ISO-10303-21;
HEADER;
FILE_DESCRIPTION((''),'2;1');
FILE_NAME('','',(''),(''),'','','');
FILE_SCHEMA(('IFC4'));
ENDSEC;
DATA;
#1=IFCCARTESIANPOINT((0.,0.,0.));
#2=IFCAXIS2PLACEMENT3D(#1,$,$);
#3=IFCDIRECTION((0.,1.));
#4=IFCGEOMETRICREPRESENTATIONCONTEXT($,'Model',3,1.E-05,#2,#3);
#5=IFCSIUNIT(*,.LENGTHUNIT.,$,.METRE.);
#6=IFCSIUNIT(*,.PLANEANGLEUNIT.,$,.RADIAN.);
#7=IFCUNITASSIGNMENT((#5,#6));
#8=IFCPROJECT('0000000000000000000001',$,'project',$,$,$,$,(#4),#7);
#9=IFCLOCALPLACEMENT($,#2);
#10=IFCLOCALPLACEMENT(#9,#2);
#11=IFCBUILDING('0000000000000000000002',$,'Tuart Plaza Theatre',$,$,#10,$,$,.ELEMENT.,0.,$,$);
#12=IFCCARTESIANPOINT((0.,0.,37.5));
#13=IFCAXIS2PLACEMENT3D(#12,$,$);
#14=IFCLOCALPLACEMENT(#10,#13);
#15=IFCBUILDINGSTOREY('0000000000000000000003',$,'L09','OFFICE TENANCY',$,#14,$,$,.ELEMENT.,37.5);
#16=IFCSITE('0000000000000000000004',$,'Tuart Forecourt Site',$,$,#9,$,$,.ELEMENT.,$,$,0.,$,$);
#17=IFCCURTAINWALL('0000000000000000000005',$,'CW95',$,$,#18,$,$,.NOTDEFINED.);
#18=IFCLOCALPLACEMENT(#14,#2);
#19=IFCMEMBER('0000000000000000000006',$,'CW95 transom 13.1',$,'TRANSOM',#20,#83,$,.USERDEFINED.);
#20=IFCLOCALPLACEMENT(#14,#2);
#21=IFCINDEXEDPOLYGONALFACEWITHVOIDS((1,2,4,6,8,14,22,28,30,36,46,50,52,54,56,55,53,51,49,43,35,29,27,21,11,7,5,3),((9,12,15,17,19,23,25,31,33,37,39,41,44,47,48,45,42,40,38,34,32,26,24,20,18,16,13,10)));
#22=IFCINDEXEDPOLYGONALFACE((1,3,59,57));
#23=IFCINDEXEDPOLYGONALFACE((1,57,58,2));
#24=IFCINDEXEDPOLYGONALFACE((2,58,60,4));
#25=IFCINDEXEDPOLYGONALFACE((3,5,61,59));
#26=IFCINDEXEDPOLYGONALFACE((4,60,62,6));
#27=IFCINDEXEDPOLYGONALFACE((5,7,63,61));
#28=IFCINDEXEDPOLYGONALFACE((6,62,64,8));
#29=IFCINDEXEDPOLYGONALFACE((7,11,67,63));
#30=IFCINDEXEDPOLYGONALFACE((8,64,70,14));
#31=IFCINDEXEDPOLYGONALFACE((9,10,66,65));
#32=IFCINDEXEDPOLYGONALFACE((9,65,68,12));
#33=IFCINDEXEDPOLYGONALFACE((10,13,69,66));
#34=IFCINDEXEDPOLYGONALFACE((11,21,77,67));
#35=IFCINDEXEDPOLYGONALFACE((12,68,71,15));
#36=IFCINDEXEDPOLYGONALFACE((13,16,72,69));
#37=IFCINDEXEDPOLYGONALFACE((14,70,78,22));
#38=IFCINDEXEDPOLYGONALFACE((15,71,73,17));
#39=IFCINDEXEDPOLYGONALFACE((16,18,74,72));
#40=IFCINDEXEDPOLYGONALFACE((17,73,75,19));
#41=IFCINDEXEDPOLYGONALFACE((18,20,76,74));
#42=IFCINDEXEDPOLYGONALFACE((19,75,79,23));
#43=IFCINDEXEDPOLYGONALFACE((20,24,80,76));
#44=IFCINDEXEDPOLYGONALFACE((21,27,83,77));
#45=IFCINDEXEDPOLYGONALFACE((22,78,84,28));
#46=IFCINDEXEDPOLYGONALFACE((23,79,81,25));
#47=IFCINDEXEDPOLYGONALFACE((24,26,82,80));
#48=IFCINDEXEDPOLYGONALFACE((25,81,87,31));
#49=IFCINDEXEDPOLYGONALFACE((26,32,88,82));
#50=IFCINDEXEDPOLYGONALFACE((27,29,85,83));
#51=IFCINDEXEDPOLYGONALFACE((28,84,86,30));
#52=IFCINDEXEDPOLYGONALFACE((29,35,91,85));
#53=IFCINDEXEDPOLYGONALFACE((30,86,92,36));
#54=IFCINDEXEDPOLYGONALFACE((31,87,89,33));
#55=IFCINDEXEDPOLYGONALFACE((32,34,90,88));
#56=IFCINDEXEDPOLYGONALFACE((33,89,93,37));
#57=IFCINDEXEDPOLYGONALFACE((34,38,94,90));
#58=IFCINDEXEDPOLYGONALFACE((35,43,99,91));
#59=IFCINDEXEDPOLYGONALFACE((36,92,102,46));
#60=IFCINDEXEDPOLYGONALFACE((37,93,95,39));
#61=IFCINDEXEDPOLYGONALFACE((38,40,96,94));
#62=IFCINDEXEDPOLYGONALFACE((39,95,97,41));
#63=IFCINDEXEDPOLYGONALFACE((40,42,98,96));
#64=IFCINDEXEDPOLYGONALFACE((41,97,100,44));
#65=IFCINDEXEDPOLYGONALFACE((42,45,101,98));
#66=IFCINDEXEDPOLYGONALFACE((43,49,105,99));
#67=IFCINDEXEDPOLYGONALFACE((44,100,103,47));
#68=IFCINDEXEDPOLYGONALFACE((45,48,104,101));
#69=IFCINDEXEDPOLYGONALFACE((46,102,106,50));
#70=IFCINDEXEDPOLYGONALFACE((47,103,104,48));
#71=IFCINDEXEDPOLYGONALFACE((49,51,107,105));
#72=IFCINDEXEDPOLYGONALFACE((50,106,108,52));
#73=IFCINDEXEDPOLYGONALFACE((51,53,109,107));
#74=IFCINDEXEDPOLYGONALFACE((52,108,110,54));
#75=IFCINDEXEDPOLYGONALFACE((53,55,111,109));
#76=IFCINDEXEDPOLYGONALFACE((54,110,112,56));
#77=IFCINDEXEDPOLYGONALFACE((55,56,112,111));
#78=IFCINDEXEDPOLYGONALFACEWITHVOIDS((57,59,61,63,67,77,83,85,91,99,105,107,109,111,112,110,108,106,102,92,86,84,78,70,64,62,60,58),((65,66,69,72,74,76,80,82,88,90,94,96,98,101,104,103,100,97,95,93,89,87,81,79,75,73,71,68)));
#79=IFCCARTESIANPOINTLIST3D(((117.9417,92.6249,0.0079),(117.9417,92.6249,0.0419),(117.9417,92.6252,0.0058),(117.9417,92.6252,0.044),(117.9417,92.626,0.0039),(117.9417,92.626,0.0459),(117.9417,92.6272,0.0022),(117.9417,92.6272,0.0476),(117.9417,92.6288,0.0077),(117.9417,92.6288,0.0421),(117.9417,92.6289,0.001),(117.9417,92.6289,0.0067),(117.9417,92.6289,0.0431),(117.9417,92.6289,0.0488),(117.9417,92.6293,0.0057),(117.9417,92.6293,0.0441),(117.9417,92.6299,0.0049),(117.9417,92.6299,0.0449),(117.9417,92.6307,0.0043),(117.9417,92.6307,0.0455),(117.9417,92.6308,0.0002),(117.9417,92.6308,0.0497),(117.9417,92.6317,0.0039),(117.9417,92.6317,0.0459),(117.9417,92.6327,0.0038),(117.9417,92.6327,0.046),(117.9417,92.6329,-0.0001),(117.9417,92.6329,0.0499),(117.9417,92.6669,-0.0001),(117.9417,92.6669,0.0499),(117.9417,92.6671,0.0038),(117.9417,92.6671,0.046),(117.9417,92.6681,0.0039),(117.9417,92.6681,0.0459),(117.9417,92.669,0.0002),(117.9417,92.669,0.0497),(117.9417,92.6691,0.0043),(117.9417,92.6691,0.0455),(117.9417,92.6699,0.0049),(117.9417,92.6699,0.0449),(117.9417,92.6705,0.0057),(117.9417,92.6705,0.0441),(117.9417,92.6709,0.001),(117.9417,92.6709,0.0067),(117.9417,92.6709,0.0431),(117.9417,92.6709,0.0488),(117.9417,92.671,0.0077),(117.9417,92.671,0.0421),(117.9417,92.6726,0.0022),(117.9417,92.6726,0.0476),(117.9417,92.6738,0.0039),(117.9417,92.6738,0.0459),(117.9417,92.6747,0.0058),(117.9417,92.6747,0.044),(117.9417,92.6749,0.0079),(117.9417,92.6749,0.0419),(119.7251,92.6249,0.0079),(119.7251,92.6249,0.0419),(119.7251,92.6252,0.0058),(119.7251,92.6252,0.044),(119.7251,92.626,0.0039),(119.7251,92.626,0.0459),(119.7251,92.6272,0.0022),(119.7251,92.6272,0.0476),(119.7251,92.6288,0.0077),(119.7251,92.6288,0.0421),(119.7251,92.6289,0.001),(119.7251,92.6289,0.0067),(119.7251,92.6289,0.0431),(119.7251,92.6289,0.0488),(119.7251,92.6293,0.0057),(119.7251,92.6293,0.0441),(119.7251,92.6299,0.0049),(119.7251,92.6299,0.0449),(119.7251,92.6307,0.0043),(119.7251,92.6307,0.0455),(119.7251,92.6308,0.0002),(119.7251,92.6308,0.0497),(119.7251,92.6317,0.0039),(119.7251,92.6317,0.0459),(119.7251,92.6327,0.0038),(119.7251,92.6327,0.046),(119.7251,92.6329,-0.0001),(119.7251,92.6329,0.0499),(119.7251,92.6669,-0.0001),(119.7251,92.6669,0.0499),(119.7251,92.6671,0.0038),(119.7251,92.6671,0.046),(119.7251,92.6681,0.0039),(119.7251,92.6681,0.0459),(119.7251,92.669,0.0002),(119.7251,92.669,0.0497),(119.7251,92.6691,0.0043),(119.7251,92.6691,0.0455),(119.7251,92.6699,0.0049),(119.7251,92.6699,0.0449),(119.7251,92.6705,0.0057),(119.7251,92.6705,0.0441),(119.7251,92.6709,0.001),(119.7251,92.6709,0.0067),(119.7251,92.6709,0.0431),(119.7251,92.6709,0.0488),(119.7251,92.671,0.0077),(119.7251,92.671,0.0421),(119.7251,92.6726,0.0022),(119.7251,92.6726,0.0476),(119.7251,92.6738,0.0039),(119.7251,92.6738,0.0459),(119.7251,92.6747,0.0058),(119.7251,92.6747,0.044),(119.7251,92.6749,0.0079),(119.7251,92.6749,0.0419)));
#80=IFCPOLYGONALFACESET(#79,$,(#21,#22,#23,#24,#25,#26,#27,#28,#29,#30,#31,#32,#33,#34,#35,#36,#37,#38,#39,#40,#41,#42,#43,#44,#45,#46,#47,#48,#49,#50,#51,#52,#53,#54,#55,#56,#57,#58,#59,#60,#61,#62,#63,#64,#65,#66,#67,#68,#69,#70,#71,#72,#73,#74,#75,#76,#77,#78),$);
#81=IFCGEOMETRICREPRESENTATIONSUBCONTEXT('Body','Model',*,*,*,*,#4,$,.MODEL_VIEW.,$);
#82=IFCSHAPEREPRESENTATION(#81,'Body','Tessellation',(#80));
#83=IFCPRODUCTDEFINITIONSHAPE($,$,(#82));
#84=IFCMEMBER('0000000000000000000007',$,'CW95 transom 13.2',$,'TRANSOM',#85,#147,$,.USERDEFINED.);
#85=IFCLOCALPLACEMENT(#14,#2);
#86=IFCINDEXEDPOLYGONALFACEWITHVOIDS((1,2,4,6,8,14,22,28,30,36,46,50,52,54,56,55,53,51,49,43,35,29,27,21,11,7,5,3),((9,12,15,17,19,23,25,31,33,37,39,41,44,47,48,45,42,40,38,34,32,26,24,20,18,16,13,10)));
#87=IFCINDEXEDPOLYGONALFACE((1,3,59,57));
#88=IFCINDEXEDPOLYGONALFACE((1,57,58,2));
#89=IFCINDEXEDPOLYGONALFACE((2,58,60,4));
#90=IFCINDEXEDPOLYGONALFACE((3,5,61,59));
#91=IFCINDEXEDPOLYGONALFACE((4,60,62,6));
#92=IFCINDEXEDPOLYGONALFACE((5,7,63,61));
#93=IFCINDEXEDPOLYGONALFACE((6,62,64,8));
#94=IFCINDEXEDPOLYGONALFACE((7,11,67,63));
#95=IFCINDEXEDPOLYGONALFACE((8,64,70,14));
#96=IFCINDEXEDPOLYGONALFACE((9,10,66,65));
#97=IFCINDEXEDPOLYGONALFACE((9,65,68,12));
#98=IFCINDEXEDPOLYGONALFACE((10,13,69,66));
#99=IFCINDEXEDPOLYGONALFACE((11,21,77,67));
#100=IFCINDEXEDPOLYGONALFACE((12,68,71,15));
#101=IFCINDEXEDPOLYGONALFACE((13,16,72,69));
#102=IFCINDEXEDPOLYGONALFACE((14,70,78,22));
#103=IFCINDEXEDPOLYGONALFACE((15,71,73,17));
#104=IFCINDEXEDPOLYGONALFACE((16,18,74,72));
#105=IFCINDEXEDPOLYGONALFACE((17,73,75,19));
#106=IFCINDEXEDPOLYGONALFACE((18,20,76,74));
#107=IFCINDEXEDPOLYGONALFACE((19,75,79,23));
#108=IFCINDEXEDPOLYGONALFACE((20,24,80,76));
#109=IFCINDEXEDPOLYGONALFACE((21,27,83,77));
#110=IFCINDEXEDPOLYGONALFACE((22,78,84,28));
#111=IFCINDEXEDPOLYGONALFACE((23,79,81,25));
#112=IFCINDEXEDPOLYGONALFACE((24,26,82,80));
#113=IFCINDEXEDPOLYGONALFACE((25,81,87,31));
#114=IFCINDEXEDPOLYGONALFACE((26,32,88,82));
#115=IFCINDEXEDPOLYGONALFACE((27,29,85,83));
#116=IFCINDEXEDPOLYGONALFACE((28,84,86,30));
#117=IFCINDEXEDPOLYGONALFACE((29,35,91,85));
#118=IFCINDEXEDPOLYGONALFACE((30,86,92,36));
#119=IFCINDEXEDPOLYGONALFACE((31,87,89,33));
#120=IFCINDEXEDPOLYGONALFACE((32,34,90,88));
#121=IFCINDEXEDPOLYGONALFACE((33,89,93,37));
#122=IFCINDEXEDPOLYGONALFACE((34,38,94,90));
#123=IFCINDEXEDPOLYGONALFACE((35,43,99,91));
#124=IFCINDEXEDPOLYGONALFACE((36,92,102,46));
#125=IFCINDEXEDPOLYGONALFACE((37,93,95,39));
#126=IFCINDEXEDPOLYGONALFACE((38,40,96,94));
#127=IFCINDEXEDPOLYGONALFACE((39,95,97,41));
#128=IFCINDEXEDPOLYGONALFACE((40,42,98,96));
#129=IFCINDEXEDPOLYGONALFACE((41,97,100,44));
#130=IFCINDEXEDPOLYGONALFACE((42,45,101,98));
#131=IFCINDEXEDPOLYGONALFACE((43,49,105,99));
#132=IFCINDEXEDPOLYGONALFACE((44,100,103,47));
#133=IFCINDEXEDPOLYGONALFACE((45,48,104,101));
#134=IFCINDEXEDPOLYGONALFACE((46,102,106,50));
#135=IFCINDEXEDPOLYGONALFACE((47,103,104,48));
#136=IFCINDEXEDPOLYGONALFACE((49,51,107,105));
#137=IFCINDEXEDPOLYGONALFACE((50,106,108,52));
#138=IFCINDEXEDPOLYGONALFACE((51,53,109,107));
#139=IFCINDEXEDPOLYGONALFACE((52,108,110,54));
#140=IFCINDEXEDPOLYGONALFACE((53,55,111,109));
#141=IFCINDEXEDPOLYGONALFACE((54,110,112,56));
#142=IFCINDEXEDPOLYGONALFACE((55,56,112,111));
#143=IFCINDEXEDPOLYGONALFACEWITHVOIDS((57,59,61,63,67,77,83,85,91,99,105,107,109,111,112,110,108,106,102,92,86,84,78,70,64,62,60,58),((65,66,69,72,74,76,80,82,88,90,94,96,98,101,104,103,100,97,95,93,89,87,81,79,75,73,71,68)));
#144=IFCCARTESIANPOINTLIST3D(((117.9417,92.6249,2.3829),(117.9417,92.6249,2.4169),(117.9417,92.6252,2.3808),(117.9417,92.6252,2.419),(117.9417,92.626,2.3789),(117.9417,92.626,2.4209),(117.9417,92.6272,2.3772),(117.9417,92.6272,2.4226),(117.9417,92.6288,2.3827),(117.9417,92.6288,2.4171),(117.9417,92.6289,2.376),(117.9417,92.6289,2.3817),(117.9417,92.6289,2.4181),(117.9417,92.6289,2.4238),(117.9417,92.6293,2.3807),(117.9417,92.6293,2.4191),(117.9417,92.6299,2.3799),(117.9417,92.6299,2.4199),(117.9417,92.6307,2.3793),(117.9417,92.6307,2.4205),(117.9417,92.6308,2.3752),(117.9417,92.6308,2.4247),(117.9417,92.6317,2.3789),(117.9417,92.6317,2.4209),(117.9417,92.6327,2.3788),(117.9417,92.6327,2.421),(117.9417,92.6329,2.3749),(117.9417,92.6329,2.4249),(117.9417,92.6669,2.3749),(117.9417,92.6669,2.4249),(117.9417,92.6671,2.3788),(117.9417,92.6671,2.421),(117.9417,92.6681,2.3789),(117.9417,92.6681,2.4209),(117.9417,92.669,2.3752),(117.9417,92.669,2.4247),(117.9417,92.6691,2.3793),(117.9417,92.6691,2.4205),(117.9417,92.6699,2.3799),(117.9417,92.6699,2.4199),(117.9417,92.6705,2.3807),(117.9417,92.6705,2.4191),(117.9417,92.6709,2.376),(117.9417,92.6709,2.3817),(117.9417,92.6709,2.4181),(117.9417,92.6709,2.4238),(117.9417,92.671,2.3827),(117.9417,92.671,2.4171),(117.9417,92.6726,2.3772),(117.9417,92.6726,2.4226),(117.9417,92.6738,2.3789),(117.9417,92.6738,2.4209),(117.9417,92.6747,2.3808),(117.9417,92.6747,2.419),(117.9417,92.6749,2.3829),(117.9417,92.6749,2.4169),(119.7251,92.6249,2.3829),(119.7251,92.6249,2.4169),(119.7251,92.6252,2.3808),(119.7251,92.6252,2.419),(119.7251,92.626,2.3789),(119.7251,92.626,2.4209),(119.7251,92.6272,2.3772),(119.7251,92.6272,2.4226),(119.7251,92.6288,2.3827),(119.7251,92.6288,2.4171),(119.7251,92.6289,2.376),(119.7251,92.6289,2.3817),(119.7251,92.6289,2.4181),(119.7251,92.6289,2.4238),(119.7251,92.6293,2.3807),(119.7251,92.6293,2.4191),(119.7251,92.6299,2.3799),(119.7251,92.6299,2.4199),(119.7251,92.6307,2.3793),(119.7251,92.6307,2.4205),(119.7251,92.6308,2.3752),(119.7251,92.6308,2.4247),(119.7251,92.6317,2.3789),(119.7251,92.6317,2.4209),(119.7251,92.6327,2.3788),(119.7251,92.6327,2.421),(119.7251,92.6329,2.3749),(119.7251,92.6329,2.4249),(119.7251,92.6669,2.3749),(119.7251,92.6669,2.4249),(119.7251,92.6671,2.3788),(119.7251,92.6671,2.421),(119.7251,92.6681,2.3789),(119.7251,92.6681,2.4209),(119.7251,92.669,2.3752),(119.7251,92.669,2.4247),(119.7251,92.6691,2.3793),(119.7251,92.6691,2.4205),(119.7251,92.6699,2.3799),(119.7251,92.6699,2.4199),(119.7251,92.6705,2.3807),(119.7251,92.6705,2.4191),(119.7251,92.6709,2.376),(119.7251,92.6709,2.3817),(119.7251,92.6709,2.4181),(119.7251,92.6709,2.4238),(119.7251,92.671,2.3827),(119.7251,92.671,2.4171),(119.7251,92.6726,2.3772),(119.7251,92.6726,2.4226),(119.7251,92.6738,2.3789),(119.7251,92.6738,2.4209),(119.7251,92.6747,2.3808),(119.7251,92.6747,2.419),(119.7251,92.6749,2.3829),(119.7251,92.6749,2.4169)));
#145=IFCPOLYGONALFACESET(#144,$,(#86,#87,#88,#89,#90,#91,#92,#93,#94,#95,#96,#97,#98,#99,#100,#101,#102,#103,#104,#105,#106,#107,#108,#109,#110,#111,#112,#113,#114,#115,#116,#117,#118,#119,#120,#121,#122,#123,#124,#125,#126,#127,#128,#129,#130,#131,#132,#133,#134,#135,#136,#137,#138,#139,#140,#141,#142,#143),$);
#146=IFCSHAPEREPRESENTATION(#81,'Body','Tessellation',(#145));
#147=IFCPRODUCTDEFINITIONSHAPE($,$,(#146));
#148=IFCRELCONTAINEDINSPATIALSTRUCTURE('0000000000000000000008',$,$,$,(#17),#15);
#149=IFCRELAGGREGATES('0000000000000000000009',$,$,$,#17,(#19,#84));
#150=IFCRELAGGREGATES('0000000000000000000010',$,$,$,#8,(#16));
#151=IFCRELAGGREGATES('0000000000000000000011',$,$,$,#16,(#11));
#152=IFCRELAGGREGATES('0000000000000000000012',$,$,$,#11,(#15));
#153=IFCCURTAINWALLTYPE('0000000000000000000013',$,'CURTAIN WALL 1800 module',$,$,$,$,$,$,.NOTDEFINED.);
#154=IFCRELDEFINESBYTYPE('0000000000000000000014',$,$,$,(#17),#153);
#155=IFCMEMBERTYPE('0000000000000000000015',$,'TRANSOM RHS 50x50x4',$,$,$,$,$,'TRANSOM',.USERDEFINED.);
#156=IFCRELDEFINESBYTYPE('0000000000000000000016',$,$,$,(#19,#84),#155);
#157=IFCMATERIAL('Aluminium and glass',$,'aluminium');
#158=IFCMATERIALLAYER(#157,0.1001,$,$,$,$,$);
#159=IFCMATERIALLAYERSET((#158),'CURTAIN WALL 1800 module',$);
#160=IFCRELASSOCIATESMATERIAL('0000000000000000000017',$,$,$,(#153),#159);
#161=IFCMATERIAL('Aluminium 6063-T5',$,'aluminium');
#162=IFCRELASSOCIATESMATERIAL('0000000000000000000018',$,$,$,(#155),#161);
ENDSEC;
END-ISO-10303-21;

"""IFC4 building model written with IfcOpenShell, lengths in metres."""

from ifc_helpers import new_model, si_unit, direction, frame, origin, origin_2d, place, context, subcontext, project, spatial, hollow_rectangle, extrude, material, layer, layer_set, material_profile, profile_set, type_object, element, aggregate, save


model = new_model("IFC4")

# Units and contexts
model_context = context("Model", 3, precision=1e-05, world=origin(), true_north=direction((0.0, 1.0)))
body_context = subcontext(model_context, "Body", "Model", "MODEL_VIEW")
ifc_project = project(units=[si_unit("LENGTHUNIT", "METRE"), si_unit("PLANEANGLEUNIT", "RADIAN")], contexts=[model_context])

# Site, building, storey
site_placement = place(None, origin())
site = spatial("IfcSite", under=ifc_project, at=site_placement, Name="Tuart Forecourt Site", CompositionType="ELEMENT", RefElevation=0.0)
building_placement = place(site_placement, origin())
building = spatial("IfcBuilding", under=site, at=building_placement, Name="Tuart Plaza Theatre", CompositionType="ELEMENT", ElevationOfRefHeight=0.0)
storey_placement = place(building_placement, frame((0.0, 0.0, 37.5)))
storey = spatial("IfcBuildingStorey", under=building, at=storey_placement, Name="L09", Description="OFFICE TENANCY", CompositionType="ELEMENT", Elevation=37.5)

# Curtain wall, members
ifc_material_1 = material(Name="Aluminium and glass", Category="aluminium")
ifc_layer_1 = layer(ifc_material_1, 0.1001)
ifc_layer_set_1 = layer_set([ifc_layer_1], Name="CURTAIN WALL 1800 module")
curtain_wall_type = type_object("IfcCurtainWallType", Name="CURTAIN WALL 1800 module", PredefinedType="NOTDEFINED", material=ifc_layer_set_1)
curtain_wall_placement = place(storey_placement, origin())
curtain_wall = element("IfcCurtainWall", 1, at=curtain_wall_placement, inside=storey, type_object=curtain_wall_type, Name="CW95", PredefinedType="NOTDEFINED")
ifc_material_2 = material(Name="Aluminium 6063-T5", Category="aluminium")
ifc_material_profile_1 = material_profile(ifc_material_2, hollow_rectangle(XDim=0.05, YDim=0.05, WallThickness=0.0039, InnerFilletRadius=0.0039, OuterFilletRadius=0.0081, at=origin_2d()), Name="RHS 50x50x4")
ifc_profile_set_1 = profile_set([ifc_material_profile_1], Name="Aluminium 6063-T5")
member_type_1 = type_object("IfcMemberType", Name="TRANSOM RHS 50x50x4", ElementType="TRANSOM", PredefinedType="USERDEFINED", material=ifc_profile_set_1)
member_1_placement = place(storey_placement, frame((119.7251, 92.6499, 0.0249), z_axis=(-1.0, 0.0, 0.0), x_axis=(0.0, -1.0, 0.0)))
member_1 = element("IfcMember", 2, at=member_1_placement, type_object=member_type_1, Name="CW95 transom 13.1", ObjectType="TRANSOM", PredefinedType="USERDEFINED", context=body_context, shape_type="SweptSolid", body=[
    extrude(hollow_rectangle(XDim=0.05, YDim=0.05, WallThickness=0.0039, InnerFilletRadius=0.0039, OuterFilletRadius=0.0081, at=origin_2d()), origin(), (0.0, 0.0, 1.0), 1.7834),
])
member_2_placement = place(storey_placement, frame((119.7251, 92.6499, 2.3999), z_axis=(-1.0, 0.0, 0.0), x_axis=(0.0, -1.0, 0.0)))
member_2 = element("IfcMember", 3, at=member_2_placement, type_object=member_type_1, Name="CW95 transom 13.2", ObjectType="TRANSOM", PredefinedType="USERDEFINED", context=body_context, shape_type="SweptSolid", body=[
    extrude(hollow_rectangle(XDim=0.05, YDim=0.05, WallThickness=0.0039, InnerFilletRadius=0.0039, OuterFilletRadius=0.0081, at=origin_2d()), origin(), (0.0, 0.0, 1.0), 1.7834),
])
aggregate(curtain_wall, [member_1, member_2])

save(model, "model.ifc")
